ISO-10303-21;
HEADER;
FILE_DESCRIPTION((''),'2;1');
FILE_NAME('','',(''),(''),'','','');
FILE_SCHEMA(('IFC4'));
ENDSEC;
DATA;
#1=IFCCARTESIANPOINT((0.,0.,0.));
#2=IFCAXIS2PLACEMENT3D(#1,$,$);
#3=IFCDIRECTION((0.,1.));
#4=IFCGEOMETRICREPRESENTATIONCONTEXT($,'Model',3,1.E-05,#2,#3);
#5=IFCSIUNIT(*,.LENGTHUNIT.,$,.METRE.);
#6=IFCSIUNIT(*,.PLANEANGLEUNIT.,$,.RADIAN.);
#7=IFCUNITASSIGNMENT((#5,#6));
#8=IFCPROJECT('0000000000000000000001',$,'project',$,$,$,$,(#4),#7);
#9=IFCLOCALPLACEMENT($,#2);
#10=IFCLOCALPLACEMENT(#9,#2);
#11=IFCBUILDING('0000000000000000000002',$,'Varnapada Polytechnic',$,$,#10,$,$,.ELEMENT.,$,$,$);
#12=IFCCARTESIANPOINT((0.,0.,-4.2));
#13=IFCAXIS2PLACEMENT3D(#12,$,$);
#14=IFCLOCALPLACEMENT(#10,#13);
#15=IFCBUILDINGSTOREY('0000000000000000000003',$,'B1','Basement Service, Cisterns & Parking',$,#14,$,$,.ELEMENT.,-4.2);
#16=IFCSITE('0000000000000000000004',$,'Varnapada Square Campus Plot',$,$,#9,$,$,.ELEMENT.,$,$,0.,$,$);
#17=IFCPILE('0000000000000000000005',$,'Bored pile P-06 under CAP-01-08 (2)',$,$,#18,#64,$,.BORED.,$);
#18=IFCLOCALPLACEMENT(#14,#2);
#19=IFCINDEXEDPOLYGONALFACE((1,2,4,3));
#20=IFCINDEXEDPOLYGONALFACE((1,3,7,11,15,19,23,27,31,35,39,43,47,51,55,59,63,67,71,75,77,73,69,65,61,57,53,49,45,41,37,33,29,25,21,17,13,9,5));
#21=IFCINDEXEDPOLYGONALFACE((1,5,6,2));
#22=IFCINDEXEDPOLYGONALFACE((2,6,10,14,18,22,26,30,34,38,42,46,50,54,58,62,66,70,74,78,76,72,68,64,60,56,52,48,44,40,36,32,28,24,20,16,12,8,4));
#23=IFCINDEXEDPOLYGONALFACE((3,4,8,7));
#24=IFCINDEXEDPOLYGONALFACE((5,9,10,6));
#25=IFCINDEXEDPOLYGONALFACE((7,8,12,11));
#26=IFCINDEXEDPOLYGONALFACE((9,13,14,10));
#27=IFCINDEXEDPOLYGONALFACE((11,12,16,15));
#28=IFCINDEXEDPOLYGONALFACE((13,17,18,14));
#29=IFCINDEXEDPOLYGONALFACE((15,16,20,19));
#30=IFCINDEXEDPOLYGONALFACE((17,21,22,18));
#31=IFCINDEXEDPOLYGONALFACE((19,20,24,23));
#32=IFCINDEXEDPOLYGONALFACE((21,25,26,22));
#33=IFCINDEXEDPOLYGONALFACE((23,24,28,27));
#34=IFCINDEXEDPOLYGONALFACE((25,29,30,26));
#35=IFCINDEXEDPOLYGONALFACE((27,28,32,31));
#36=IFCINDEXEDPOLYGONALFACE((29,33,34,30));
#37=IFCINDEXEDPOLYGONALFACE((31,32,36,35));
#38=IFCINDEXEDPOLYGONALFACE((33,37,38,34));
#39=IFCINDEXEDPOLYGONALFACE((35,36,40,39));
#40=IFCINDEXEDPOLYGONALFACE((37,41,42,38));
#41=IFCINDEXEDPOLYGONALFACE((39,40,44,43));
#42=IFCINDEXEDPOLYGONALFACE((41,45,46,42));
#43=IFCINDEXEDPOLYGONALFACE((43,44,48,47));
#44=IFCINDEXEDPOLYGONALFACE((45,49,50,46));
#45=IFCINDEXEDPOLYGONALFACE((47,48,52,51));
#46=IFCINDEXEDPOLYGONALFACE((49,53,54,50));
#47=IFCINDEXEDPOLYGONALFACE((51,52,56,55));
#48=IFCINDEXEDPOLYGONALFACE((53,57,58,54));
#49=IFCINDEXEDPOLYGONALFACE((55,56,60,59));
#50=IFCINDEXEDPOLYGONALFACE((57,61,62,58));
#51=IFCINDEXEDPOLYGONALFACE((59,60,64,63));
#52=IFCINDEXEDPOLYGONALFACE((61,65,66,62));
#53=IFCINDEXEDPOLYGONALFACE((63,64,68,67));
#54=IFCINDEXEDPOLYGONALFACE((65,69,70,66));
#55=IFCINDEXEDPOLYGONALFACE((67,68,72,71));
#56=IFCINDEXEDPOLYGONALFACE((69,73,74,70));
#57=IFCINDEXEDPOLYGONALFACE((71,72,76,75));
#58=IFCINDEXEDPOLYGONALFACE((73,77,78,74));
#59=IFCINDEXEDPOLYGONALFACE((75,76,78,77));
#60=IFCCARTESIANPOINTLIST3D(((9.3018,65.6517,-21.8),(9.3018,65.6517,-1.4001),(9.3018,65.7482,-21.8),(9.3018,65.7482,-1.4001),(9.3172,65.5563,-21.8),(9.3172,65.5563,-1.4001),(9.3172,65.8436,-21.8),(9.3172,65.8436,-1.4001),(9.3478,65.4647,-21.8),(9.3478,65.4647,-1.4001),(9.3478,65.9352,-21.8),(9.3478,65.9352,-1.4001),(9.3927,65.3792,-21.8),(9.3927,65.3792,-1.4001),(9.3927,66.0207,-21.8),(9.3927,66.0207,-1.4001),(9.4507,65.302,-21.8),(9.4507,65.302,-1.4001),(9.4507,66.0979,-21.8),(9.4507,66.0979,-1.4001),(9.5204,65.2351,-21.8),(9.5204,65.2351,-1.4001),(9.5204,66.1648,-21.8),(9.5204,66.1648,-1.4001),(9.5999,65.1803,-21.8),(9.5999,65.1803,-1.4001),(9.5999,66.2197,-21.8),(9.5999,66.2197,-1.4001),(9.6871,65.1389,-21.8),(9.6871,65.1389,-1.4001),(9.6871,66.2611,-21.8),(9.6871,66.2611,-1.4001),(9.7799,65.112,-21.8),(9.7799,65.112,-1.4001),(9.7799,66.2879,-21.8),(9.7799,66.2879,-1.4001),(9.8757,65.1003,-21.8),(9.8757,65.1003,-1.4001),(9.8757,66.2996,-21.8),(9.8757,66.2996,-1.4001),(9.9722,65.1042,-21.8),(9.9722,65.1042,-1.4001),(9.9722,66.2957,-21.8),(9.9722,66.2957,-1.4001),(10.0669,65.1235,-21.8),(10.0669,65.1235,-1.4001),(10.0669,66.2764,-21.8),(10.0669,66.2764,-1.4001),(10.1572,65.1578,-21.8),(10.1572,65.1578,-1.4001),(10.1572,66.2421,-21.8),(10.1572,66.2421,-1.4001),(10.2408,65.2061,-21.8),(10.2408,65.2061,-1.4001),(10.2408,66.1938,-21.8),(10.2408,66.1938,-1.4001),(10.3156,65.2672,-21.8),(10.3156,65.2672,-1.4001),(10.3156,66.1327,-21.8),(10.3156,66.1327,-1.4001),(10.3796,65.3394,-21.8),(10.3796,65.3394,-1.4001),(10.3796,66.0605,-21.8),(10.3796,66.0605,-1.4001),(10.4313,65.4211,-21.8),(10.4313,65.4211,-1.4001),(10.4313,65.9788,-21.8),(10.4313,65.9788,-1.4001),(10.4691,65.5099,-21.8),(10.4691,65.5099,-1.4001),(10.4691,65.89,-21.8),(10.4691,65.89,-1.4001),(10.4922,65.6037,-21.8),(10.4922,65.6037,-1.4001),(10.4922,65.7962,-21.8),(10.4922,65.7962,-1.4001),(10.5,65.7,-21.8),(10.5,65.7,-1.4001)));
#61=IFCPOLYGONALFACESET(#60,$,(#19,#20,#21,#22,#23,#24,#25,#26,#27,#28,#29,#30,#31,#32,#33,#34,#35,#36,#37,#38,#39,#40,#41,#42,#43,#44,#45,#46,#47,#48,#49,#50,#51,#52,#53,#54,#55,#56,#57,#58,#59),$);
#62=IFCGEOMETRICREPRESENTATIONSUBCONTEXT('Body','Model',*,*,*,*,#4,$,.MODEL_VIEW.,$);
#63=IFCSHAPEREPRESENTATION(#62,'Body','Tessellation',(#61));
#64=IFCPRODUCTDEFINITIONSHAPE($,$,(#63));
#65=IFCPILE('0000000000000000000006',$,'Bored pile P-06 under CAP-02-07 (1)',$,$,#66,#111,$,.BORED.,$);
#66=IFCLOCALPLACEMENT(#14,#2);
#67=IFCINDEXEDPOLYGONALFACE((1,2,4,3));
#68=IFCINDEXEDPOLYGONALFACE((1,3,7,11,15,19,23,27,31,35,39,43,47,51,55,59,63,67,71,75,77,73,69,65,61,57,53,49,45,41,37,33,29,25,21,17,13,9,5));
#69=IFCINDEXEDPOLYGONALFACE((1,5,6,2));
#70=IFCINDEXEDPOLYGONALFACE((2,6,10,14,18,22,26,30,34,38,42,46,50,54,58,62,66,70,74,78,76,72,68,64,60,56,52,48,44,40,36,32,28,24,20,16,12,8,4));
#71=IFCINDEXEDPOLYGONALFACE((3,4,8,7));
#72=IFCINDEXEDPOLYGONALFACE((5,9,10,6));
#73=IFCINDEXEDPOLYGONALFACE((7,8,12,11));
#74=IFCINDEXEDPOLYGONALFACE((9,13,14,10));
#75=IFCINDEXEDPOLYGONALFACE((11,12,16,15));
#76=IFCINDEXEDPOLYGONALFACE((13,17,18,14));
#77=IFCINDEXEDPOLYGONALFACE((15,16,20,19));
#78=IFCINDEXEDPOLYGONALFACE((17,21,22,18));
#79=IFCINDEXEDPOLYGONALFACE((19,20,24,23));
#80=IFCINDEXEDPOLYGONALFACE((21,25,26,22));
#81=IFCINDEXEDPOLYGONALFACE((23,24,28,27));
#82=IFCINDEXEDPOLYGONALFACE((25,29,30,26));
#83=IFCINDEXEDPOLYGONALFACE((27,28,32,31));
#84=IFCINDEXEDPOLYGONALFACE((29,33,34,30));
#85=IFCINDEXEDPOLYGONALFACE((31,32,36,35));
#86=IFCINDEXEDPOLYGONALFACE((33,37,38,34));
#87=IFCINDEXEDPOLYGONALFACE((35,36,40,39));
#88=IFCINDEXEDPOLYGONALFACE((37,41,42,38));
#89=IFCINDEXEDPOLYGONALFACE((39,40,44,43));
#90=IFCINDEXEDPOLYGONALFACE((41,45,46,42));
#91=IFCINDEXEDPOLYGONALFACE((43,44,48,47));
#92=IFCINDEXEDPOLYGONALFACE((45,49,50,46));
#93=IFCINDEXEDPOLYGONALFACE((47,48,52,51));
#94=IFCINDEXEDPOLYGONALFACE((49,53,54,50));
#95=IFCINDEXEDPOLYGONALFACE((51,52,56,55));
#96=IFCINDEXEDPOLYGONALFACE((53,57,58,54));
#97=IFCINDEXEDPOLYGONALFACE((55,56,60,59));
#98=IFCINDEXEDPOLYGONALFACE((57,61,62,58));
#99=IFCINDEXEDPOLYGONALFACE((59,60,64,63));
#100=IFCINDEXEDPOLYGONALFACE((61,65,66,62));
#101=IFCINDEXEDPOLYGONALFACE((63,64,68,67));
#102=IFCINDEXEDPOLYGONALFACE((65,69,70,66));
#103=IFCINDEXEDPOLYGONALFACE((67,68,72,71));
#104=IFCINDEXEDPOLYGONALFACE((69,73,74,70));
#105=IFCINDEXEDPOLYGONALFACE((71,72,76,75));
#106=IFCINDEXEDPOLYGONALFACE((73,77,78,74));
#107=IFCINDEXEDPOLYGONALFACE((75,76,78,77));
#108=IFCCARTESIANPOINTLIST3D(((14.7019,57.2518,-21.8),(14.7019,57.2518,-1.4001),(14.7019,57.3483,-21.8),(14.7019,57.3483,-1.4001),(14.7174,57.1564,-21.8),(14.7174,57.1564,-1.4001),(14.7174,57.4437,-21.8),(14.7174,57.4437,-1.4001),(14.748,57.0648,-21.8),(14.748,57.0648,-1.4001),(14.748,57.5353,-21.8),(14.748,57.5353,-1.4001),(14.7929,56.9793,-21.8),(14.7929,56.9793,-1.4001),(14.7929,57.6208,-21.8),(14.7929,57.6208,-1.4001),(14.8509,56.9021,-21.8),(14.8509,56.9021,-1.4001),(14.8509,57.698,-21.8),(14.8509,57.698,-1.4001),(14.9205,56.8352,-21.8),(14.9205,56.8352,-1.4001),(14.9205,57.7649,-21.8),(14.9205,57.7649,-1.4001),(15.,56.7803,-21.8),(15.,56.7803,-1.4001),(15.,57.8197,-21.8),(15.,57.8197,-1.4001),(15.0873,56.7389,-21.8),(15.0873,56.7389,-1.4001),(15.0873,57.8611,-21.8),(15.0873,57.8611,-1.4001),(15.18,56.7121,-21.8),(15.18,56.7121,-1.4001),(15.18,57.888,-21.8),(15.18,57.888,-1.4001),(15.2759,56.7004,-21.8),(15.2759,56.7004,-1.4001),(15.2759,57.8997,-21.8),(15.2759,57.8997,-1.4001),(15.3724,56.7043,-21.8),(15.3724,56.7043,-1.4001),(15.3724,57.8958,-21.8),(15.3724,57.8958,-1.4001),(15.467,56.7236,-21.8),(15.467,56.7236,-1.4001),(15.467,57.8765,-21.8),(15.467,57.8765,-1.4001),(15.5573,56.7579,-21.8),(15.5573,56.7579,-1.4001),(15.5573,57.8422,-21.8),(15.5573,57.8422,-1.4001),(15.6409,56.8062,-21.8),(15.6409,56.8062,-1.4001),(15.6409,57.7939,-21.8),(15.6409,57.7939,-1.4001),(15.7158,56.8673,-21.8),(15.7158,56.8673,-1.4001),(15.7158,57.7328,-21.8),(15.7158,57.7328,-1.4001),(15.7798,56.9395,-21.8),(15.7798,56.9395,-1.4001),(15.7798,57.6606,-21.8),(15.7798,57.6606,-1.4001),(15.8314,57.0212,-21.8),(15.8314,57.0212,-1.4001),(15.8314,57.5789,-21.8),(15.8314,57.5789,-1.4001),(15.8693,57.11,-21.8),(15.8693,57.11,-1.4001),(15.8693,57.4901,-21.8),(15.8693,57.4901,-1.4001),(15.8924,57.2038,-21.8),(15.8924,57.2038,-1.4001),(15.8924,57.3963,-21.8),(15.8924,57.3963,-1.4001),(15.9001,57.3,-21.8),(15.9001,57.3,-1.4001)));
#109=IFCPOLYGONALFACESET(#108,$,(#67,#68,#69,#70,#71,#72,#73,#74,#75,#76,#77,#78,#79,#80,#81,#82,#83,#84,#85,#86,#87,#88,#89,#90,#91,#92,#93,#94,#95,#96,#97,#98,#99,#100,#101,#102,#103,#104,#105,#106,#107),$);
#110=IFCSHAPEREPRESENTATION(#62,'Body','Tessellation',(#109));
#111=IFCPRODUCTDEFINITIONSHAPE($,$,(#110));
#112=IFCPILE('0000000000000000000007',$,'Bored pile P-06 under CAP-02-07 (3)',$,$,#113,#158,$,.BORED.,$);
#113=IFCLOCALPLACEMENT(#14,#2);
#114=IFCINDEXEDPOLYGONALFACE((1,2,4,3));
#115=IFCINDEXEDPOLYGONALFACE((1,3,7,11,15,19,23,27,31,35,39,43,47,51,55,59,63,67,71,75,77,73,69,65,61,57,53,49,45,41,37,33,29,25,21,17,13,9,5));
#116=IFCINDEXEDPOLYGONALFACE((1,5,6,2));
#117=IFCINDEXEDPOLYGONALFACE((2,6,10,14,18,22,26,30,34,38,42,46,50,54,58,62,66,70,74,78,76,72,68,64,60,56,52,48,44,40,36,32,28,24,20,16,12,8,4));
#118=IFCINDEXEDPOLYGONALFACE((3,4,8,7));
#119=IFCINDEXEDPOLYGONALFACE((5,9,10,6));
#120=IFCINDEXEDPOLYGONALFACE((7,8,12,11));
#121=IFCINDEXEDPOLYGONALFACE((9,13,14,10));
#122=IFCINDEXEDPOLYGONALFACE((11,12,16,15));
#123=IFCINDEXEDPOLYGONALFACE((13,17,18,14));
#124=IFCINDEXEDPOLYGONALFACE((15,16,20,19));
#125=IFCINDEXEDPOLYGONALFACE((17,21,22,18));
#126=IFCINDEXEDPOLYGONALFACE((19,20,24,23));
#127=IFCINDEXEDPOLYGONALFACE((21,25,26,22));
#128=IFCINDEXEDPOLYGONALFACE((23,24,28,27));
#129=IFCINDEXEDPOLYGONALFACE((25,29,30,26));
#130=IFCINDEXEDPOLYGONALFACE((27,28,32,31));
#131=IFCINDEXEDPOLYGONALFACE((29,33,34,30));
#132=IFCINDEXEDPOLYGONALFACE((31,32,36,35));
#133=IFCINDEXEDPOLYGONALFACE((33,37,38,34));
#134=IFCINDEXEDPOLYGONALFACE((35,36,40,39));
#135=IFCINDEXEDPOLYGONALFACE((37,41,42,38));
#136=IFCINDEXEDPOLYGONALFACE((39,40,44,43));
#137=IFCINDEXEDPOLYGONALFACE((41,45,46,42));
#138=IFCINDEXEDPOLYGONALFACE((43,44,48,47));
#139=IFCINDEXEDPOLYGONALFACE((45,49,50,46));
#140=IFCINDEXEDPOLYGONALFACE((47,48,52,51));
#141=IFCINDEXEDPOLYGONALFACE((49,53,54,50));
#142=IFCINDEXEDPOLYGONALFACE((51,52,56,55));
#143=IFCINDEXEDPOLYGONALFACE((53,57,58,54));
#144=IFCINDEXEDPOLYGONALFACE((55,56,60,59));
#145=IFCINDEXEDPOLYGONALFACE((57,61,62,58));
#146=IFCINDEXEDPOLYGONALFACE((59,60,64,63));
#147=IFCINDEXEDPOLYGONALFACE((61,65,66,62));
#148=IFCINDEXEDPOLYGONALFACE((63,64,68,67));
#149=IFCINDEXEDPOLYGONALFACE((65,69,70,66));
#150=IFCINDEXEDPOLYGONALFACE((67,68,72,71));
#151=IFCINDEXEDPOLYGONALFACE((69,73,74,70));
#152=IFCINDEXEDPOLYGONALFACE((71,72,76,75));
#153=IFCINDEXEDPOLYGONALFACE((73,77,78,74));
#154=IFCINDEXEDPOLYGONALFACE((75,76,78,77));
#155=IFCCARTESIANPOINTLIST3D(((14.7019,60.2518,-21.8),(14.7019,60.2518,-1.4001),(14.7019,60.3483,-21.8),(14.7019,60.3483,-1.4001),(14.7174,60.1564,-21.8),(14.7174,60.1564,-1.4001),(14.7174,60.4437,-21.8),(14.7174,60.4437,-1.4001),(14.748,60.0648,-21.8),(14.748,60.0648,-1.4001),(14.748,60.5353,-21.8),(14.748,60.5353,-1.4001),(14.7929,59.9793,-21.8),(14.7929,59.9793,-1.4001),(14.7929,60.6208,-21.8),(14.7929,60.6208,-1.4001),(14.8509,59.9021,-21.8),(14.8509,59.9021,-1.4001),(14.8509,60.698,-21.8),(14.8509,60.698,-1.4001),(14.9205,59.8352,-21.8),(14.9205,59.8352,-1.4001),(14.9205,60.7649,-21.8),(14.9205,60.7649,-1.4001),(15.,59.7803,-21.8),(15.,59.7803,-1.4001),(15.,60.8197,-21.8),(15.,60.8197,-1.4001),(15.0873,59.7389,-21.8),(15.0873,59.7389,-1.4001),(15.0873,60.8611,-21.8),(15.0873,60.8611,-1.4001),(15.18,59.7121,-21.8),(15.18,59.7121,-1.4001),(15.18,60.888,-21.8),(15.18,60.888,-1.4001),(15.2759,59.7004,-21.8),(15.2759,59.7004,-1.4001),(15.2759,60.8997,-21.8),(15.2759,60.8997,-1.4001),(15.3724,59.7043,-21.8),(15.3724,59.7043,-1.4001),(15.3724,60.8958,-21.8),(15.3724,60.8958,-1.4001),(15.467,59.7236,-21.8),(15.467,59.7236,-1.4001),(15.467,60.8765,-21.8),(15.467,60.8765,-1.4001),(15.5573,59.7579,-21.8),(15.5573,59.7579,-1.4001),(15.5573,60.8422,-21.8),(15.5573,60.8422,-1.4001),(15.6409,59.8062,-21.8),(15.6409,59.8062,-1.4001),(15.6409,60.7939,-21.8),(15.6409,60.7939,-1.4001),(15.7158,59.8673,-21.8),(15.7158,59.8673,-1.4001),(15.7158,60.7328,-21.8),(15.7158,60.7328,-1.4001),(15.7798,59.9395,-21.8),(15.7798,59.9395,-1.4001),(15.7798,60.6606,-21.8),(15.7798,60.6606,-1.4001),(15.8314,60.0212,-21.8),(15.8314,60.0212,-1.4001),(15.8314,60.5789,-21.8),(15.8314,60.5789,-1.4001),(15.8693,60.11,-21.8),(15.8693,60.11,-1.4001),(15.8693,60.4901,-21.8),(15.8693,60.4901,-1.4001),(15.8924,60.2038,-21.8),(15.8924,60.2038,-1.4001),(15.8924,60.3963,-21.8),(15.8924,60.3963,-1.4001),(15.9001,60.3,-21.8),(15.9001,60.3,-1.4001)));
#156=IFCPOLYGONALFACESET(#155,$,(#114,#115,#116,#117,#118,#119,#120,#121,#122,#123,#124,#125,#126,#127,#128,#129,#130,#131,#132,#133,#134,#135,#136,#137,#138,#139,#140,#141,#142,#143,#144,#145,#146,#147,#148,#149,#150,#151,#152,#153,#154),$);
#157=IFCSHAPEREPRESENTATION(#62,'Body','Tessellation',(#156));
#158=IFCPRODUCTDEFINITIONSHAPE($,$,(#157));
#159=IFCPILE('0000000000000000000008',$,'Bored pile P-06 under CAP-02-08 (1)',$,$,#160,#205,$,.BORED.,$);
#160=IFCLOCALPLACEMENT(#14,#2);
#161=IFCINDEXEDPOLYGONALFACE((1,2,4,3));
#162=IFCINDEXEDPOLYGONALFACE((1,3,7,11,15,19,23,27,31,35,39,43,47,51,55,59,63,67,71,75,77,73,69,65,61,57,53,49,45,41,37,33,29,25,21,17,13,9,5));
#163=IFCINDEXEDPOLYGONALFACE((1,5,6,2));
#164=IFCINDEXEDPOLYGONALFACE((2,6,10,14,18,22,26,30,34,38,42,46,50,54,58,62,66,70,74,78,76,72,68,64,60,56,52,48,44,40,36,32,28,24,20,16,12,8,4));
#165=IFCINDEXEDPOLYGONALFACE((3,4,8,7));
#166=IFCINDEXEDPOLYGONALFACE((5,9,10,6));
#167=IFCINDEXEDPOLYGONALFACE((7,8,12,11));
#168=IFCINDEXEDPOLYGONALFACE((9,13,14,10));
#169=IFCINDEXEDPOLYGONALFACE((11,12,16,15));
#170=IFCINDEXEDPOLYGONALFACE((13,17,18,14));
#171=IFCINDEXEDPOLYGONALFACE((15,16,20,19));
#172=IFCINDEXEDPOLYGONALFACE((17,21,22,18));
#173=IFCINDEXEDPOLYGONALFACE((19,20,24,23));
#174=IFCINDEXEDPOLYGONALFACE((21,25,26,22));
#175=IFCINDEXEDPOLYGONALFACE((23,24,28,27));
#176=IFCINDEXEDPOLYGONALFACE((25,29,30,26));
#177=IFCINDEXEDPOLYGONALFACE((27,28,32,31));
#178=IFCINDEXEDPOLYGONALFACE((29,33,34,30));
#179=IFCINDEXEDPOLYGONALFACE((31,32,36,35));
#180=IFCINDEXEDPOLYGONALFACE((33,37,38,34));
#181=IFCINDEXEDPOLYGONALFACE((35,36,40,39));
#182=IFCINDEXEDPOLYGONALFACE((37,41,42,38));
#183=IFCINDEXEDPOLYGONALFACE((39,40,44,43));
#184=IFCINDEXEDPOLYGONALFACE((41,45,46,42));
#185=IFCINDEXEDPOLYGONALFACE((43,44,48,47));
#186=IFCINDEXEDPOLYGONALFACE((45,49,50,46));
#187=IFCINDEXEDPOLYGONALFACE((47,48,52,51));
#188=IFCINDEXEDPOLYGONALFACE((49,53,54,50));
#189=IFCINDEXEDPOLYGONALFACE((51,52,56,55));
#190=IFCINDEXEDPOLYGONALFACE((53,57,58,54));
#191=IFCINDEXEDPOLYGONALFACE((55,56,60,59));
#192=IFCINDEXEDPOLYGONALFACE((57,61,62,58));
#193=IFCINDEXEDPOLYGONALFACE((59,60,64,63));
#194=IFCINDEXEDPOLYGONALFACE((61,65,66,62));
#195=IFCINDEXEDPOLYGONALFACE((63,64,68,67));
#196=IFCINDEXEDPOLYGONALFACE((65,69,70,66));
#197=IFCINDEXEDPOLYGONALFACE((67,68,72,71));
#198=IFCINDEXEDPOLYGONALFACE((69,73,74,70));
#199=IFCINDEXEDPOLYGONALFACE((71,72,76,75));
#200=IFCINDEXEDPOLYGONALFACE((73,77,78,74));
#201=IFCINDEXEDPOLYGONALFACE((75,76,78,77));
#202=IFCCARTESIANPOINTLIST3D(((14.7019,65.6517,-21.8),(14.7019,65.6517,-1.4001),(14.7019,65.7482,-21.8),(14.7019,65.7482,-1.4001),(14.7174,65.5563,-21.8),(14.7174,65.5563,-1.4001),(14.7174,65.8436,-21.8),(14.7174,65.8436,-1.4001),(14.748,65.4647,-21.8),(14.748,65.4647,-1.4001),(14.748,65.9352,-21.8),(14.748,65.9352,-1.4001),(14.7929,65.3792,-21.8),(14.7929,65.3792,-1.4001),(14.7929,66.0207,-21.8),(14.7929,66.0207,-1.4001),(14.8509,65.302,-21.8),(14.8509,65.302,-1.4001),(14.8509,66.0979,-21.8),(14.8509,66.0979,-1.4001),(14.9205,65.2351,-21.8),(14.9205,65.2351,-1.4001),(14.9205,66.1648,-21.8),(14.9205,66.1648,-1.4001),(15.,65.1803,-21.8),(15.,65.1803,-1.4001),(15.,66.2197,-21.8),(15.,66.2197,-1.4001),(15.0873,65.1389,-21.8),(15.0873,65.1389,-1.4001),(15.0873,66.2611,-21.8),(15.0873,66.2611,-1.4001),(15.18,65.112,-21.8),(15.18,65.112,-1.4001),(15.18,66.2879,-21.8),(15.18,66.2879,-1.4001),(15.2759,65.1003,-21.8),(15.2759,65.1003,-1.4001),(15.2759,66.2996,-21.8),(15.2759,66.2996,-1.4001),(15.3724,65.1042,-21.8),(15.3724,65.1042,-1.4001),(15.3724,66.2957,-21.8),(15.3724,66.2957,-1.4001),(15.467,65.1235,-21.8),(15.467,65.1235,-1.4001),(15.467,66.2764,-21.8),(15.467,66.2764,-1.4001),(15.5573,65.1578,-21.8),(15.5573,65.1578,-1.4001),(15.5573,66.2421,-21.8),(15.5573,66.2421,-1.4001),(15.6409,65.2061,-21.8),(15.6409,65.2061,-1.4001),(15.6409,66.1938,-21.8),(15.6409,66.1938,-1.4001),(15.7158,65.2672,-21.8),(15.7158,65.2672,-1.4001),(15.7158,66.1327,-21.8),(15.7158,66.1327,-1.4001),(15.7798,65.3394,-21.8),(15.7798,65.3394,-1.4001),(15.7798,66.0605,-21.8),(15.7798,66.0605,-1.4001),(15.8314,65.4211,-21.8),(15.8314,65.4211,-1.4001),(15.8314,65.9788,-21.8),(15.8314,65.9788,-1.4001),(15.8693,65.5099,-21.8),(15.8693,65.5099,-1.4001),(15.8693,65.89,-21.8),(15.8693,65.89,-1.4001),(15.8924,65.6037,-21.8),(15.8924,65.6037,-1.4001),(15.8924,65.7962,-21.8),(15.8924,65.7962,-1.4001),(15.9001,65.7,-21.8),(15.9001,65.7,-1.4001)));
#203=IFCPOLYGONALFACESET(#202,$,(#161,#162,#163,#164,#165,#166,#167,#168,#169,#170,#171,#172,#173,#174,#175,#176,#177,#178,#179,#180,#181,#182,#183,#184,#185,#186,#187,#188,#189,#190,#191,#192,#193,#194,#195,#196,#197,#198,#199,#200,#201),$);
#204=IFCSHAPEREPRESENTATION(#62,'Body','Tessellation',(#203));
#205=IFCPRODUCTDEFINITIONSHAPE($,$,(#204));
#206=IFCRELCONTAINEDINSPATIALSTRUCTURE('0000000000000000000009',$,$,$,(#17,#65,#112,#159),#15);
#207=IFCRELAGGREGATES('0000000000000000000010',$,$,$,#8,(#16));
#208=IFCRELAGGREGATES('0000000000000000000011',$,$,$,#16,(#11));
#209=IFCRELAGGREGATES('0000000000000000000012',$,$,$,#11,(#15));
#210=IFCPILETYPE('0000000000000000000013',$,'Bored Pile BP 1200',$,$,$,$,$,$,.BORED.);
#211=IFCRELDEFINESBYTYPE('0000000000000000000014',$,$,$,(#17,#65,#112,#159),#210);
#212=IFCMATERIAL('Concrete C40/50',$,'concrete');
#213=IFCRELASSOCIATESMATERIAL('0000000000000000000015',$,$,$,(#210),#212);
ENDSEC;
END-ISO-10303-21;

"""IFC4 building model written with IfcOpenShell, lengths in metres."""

from ifc_helpers import new_model, si_unit, direction, frame, origin, origin_2d, place, context, subcontext, project, spatial, circle, extrude, material, material_profile, profile_set, type_object, element, save


model = new_model("IFC4")

# Units and contexts
model_context = context("Model", 3, precision=1e-05, world=origin(), true_north=direction((0.0, 1.0)))
body_context = subcontext(model_context, "Body", "Model", "MODEL_VIEW")
ifc_project = project(units=[si_unit("LENGTHUNIT", "METRE"), si_unit("PLANEANGLEUNIT", "RADIAN")], contexts=[model_context])

# Site, building, storey
site_placement = place(None, origin())
site = spatial("IfcSite", under=ifc_project, at=site_placement, Name="Varnapada Square Campus Plot", CompositionType="ELEMENT", RefElevation=0.0)
building_placement = place(site_placement, origin())
building = spatial("IfcBuilding", under=site, at=building_placement, Name="Varnapada Polytechnic", CompositionType="ELEMENT")
storey_placement = place(building_placement, frame((0.0, 0.0, -4.2)))
storey = spatial("IfcBuildingStorey", under=building, at=storey_placement, Name="B1", Description="Basement Service, Cisterns & Parking", CompositionType="ELEMENT", Elevation=-4.2)

# Piles
ifc_material_1 = material(Name="Concrete C40/50", Category="concrete")
ifc_material_profile_1 = material_profile(ifc_material_1, circle(Radius=0.6001, at=origin_2d()), Name="BP 1200")
ifc_profile_set_1 = profile_set([ifc_material_profile_1], Name="Concrete C40/50")
pile_type_1 = type_object("IfcPileType", Name="Bored Pile BP 1200", PredefinedType="BORED", material=ifc_profile_set_1)
for number, where, z_axis, x_axis, name in (
    (1, (9.8999, 65.7, -1.4001), (0.0, 0.0, -1.0), (1.0, 0.0, 0.0), "Bored pile P-06 under CAP-01-08 (2)"),
    (2, (15.3, 57.3, -1.4001), (0.0, 0.0, -1.0), (1.0, 0.0, 0.0), "Bored pile P-06 under CAP-02-07 (1)"),
    (3, (15.3, 60.3, -1.4001), (0.0, 0.0, -1.0), (1.0, 0.0, 0.0), "Bored pile P-06 under CAP-02-07 (3)"),
    (4, (15.3, 65.7, -1.4001), (0.0, 0.0, -1.0), (1.0, 0.0, 0.0), "Bored pile P-06 under CAP-02-08 (1)"),
):
    element("IfcPile", number, at=place(storey_placement, frame(where, z_axis=z_axis, x_axis=x_axis)), inside=storey, type_object=pile_type_1, Name=name, PredefinedType="BORED", context=body_context, shape_type="SweptSolid", body=[
        extrude(circle(Radius=0.6001, at=origin_2d()), origin(), (0.0, 0.0, 1.0), 20.3999),
    ])

save(model, "model.ifc")
